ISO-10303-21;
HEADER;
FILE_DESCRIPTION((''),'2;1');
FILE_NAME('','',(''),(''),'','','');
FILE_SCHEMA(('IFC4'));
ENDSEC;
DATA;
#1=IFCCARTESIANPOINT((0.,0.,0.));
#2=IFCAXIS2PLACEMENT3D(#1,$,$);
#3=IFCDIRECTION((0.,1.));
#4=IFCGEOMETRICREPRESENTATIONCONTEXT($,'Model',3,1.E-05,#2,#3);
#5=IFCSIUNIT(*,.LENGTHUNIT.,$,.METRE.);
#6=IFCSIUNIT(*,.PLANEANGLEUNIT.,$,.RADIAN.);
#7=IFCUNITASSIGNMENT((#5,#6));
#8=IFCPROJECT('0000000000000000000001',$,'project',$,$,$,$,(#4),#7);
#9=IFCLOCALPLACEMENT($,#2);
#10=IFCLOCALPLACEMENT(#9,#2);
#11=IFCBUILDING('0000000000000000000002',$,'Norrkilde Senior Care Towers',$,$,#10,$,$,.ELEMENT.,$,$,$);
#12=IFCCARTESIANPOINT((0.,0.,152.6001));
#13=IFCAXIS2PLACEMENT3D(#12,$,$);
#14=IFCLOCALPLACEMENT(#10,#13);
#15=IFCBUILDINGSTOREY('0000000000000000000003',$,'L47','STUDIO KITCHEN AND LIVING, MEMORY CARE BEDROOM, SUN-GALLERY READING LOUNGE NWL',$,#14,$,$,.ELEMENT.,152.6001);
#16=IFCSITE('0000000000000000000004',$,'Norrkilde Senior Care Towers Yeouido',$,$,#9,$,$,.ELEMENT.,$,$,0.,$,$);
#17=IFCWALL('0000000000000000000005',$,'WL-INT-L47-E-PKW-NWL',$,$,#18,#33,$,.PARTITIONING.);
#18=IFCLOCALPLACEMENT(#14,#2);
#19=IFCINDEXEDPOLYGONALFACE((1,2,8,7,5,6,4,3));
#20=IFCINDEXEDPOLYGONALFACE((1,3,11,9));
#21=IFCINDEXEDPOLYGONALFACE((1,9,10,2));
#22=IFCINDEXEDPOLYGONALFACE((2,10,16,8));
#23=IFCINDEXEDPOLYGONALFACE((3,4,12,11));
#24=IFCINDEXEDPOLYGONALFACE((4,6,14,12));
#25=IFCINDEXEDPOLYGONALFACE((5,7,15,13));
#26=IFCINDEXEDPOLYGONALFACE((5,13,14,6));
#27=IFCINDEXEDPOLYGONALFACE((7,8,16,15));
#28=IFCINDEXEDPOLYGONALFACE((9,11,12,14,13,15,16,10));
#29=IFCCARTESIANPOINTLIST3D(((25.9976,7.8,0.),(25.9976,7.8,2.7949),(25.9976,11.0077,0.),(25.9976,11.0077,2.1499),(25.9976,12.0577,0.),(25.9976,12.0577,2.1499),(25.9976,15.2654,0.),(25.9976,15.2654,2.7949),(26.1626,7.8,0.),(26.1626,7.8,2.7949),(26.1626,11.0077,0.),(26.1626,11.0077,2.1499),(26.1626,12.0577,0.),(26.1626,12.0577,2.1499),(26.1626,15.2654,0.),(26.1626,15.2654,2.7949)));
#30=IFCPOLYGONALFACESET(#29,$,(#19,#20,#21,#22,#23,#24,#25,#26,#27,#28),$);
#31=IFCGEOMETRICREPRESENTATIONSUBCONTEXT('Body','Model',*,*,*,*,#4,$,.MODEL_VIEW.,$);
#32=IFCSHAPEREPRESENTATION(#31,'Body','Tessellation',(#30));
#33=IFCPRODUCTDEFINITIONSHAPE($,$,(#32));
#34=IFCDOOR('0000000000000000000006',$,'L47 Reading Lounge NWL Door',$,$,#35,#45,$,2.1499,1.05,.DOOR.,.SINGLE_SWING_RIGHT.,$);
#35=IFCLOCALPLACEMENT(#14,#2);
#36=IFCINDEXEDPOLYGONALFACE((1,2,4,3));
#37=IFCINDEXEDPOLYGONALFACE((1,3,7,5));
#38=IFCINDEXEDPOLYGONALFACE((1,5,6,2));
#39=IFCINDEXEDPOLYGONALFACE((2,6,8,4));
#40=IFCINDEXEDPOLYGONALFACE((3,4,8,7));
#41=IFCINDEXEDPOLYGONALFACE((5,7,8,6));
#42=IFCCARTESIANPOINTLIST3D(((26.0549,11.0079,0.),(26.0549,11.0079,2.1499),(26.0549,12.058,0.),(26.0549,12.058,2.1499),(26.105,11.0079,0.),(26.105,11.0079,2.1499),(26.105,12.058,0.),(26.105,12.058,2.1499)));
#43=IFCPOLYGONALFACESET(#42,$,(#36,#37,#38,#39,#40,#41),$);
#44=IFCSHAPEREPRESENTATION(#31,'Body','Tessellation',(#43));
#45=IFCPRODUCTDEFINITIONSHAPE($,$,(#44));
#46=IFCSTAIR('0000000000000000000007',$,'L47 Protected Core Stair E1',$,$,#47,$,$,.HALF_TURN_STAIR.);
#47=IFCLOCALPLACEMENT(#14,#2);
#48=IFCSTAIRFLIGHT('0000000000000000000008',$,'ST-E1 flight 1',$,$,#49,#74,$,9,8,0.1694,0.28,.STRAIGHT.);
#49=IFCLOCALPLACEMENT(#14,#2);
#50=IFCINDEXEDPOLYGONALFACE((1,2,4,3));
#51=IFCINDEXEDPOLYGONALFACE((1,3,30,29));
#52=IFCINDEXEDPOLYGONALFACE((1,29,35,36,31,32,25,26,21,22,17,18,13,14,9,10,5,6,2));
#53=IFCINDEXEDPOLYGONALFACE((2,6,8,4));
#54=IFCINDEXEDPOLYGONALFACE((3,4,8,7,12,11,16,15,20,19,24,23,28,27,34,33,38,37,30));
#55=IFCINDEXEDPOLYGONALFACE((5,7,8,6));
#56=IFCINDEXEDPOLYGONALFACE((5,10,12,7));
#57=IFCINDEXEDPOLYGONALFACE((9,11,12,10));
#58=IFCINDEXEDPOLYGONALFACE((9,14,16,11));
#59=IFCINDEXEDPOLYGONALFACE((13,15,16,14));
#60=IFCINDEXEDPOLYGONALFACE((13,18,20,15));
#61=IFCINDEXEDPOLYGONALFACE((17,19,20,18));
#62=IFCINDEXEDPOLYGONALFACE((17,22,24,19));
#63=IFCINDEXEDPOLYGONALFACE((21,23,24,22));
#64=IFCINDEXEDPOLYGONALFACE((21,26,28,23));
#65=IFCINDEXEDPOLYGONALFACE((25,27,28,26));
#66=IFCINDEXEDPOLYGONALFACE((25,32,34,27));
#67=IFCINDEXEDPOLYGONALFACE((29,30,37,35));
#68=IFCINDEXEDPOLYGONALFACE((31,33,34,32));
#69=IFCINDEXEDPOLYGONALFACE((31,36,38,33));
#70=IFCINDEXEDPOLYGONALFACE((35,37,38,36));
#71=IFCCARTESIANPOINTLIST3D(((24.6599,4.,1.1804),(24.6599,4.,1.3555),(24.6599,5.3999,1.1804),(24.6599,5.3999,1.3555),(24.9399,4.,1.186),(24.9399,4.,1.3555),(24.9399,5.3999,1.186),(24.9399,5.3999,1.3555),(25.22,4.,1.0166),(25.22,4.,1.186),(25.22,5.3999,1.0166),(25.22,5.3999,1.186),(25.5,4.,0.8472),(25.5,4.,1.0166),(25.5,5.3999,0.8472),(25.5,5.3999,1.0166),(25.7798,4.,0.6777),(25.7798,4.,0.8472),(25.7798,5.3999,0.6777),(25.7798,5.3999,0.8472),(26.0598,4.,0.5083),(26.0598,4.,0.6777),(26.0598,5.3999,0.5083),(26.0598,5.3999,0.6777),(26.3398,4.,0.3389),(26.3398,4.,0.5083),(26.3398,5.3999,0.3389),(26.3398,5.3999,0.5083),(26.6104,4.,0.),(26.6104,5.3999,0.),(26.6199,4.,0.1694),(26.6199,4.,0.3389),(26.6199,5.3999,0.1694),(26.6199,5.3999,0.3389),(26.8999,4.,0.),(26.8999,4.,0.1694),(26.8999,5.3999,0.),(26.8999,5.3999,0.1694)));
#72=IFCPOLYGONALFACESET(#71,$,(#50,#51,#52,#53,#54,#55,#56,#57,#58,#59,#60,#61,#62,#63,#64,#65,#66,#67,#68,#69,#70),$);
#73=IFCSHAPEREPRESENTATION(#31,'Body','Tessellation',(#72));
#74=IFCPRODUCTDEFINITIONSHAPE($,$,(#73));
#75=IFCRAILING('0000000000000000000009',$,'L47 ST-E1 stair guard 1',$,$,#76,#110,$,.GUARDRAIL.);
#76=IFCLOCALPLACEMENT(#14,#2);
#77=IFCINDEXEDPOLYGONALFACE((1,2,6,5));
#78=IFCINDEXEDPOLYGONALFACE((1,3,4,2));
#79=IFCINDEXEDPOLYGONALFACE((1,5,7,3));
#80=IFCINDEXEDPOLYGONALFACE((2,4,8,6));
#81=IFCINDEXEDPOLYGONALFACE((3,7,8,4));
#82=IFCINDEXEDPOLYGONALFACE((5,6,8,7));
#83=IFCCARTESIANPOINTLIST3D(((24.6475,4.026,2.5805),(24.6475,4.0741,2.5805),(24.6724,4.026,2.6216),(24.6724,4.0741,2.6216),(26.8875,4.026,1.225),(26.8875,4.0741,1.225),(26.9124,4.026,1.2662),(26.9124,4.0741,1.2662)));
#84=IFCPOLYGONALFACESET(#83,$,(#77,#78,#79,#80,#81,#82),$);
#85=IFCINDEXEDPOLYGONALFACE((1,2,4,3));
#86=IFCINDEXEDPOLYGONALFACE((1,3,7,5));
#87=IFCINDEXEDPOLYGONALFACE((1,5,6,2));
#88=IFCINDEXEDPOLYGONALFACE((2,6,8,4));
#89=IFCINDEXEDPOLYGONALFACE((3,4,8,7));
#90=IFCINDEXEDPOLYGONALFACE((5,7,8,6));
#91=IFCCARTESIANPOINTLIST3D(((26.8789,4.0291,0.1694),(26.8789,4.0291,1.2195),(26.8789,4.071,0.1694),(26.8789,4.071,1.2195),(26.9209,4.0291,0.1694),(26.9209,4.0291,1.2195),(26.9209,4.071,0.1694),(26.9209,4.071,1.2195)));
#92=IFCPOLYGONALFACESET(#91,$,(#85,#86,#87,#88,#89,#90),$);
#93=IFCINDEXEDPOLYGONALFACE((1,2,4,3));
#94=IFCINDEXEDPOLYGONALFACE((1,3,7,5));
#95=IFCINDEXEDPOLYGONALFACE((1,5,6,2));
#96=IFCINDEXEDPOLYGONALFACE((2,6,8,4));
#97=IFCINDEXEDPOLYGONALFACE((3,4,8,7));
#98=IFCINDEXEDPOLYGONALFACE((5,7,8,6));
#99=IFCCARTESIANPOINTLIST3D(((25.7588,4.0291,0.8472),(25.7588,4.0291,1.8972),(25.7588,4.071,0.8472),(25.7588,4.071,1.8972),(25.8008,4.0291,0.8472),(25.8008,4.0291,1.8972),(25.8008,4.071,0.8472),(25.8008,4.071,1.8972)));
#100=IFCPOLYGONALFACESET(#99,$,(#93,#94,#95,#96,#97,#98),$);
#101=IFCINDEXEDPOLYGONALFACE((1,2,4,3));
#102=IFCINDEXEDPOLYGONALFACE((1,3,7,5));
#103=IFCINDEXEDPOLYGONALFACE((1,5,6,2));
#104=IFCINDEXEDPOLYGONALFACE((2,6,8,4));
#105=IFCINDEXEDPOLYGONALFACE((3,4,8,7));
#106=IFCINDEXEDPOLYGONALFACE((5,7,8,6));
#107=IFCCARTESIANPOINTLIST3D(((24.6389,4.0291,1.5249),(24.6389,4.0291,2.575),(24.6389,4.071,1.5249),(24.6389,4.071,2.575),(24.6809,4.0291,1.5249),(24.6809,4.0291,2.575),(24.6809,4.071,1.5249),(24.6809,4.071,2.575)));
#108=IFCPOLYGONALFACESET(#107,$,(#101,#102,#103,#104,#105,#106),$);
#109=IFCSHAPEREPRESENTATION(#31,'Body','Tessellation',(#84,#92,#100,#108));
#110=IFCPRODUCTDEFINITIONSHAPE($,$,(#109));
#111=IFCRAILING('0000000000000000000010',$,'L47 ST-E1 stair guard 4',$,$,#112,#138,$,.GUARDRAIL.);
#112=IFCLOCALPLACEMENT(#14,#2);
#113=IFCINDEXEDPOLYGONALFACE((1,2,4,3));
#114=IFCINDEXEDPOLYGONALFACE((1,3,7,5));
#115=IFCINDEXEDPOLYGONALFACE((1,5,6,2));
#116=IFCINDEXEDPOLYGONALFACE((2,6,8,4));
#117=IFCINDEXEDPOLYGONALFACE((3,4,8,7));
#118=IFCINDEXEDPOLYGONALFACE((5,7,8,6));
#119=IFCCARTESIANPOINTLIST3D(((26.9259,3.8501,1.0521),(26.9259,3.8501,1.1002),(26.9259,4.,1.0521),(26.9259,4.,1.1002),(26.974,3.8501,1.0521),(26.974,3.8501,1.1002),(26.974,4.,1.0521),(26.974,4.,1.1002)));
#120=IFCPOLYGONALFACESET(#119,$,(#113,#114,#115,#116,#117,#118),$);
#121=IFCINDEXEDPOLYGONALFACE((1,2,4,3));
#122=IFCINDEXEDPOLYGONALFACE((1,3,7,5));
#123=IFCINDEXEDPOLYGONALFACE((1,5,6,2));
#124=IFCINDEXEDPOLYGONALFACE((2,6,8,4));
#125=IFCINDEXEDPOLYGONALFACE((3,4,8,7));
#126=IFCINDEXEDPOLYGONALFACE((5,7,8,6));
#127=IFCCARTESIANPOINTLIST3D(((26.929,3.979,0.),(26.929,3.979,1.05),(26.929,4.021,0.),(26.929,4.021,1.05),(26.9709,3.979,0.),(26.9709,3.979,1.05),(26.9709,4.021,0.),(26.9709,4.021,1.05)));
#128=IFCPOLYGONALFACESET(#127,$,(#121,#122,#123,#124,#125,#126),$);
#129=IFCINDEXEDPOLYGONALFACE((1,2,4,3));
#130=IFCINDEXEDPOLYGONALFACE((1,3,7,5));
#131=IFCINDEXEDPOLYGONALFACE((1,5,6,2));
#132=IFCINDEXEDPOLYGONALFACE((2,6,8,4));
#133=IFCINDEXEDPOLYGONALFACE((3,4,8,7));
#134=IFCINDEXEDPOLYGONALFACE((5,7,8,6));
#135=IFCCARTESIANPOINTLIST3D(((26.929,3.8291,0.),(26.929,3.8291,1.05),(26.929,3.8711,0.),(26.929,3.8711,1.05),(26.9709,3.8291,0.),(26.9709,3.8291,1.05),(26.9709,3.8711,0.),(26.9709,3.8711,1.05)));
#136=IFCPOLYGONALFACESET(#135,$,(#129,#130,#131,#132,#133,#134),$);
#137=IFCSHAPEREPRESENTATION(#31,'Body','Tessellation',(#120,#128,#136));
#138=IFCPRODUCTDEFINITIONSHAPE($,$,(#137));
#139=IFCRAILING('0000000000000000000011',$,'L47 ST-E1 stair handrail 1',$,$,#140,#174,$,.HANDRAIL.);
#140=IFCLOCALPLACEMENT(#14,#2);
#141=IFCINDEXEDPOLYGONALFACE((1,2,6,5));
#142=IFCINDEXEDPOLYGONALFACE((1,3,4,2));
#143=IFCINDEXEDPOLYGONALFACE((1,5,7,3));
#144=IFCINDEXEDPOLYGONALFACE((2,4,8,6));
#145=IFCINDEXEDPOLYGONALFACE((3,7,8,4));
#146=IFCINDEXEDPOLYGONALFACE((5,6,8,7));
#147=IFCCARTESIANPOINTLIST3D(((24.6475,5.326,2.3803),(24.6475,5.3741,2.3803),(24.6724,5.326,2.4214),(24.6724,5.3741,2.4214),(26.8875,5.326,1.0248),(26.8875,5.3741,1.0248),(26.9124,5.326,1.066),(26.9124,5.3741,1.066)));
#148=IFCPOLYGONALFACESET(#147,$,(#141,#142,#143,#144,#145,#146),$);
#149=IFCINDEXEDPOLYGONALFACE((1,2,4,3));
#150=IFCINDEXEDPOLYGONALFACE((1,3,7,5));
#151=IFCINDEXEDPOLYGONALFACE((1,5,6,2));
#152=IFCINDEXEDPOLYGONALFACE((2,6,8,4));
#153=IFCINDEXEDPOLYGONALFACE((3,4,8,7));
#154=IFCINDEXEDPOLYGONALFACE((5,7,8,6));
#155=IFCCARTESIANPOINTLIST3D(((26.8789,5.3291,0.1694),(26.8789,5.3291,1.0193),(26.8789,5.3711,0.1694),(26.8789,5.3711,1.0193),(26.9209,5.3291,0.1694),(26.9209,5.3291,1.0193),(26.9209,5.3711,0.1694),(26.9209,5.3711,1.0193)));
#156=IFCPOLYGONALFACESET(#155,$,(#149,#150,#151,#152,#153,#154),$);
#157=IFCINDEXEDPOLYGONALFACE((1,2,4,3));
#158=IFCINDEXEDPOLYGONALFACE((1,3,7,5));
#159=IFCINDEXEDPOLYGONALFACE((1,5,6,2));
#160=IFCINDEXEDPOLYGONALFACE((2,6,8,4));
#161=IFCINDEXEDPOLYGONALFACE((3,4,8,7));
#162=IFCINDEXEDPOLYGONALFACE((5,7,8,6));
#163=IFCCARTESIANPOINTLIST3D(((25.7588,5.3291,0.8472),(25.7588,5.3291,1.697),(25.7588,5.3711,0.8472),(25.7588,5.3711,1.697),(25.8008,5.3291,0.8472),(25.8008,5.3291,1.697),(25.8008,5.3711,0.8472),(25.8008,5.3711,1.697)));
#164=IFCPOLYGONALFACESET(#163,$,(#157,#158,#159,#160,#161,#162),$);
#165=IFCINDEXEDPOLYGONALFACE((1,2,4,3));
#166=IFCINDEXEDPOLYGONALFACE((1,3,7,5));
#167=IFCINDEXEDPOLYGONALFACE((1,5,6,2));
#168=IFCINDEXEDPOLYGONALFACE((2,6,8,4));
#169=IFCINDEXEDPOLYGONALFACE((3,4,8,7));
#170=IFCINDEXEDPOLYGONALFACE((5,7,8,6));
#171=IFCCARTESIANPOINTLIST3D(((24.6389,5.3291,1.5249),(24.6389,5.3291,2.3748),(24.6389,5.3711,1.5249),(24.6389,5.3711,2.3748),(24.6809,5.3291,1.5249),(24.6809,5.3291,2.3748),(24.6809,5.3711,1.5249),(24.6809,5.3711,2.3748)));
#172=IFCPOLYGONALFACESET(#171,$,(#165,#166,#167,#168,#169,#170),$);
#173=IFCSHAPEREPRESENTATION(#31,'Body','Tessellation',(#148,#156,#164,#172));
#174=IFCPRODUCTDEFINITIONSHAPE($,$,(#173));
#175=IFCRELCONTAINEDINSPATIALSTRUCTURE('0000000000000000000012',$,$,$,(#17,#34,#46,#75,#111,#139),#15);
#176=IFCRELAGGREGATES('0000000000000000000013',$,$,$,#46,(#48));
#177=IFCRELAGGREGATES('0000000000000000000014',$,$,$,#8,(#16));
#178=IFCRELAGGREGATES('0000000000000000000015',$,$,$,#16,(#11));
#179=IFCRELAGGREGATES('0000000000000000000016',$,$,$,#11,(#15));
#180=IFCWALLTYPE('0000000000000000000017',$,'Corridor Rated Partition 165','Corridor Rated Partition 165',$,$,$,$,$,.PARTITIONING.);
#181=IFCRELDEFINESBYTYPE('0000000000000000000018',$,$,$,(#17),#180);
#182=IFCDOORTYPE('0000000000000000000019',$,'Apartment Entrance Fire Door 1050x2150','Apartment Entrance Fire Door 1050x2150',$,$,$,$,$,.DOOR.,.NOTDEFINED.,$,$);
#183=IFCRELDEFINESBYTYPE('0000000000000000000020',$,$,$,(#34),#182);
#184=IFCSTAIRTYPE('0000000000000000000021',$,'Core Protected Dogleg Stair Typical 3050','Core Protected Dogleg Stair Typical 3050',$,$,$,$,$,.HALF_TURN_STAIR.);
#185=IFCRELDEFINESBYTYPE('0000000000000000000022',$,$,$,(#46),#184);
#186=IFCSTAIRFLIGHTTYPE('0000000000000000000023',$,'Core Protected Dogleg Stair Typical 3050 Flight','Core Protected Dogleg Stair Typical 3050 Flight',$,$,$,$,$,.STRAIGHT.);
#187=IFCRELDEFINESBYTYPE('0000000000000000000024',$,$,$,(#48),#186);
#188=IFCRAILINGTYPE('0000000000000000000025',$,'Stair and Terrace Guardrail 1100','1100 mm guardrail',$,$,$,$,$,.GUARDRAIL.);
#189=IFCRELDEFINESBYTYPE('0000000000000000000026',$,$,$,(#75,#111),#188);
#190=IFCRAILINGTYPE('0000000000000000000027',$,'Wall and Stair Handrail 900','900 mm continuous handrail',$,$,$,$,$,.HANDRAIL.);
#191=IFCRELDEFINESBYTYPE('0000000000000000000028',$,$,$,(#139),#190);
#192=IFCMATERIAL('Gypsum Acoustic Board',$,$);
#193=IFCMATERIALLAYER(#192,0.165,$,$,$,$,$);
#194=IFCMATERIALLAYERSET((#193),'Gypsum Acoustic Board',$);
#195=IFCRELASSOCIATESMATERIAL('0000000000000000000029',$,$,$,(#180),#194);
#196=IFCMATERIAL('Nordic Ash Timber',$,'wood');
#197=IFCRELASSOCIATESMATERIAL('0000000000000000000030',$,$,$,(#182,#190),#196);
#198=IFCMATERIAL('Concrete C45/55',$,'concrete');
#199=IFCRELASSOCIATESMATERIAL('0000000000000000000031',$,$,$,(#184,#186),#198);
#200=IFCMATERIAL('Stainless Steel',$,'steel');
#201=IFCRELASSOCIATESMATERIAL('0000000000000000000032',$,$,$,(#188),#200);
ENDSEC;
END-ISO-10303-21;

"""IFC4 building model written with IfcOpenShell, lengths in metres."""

from ifc_helpers import new_model, si_unit, direction, frame, frame_2d, origin, origin_2d, place, context, subcontext, project, spatial, polyline, rectangle, outline, extrude, source, transform, mapped, material, layer, layer_set, type_object, type_shapes, element, fill, aggregate, save


model = new_model("IFC4")

# Units and contexts
model_context = context("Model", 3, precision=1e-05, world=origin(), true_north=direction((0.0, 1.0)))
body_context = subcontext(model_context, "Body", "Model", "MODEL_VIEW")
ifc_project = project(units=[si_unit("LENGTHUNIT", "METRE"), si_unit("PLANEANGLEUNIT", "RADIAN")], contexts=[model_context])

# Site, building, storey
site_placement = place(None, origin())
site = spatial("IfcSite", under=ifc_project, at=site_placement, Name="Norrkilde Senior Care Towers Yeouido", CompositionType="ELEMENT", RefElevation=0.0)
building_placement = place(site_placement, origin())
building = spatial("IfcBuilding", under=site, at=building_placement, Name="Norrkilde Senior Care Towers", CompositionType="ELEMENT")
storey_placement = place(building_placement, frame((0.0, 0.0, 152.6001)))
storey = spatial("IfcBuildingStorey", under=building, at=storey_placement, Name="L47", Description="STUDIO KITCHEN AND LIVING, MEMORY CARE BEDROOM, SUN-GALLERY READING LOUNGE NWL", CompositionType="ELEMENT", Elevation=152.6001)

# Shared definitions
ifc_material_1 = material(Name="Concrete C45/55", Category="concrete")
ifc_material_2 = material(Name="Gypsum Acoustic Board")
ifc_layer_1 = layer(ifc_material_2, 0.165)
ifc_layer_set_1 = layer_set([ifc_layer_1], Name="Gypsum Acoustic Board")
wall_type_1 = type_object("IfcWallType", Name="Corridor Rated Partition 165", Description="Corridor Rated Partition 165", PredefinedType="PARTITIONING", material=ifc_layer_set_1)

# Shared definitions
ifc_material_3 = material(Name="Nordic Ash Timber", Category="wood")
door_type_1 = type_object("IfcDoorType", Name="Apartment Entrance Fire Door 1050x2150", Description="Apartment Entrance Fire Door 1050x2150", OperationType="NOTDEFINED", PredefinedType="DOOR", material=ifc_material_3)
shared_shape_1 = source(origin(), body_context, "Body", "SweptSolid", [
    extrude(rectangle(XDim=1.05, YDim=2.1499, at=frame_2d((0.5249, 1.075))), frame((0.0, 0.0249, 0.0), z_axis=(0.0, -1.0, 0.0), x_axis=(1.0, 0.0, 0.0)), (0.0, 0.0, 1.0), 0.05),
])
type_shapes(door_type_1, [shared_shape_1])

# Wall, opening, door
shared_shape_2 = source(origin(), body_context, "Body", "SweptSolid", [
    extrude(rectangle(XDim=7.4653, YDim=0.165, at=frame_2d((3.7327, 0.0))), origin(), (0.0, 0.0, 1.0), 2.7949),
])
wall_1_placement = place(storey_placement, frame((26.0801, 7.8, 0.0), z_axis=(0.0, 0.0, 1.0), x_axis=(0.0, 1.0, 0.0)))
wall_1 = element("IfcWall", 1, at=wall_1_placement, inside=storey, type_object=wall_type_1, Name="WL-INT-L47-E-PKW-NWL", PredefinedType="PARTITIONING", context=body_context, shape_type="MappedRepresentation", body=[
    mapped(shared_shape_2, transform((0.0, 0.0, 0.0), x_axis=(1.0, 0.0, 0.0), y_axis=(0.0, 1.0, 0.0), z_axis=(0.0, 0.0, 1.0), scale=1.0)),
])
opening_1_placement = place(wall_1_placement, frame((3.2078, 0.0, 0.0)))
opening_1 = element("IfcOpeningElement", 2, at=opening_1_placement, cuts=wall_1, PredefinedType="OPENING", context=body_context, shape_type="SweptSolid", body=[
    extrude(rectangle(XDim=1.05, YDim=2.1499, at=frame_2d((0.5249, 1.075))), frame((0.0, 0.0925, 0.0), z_axis=(0.0, -1.0, 0.0), x_axis=(1.0, 0.0, 0.0)), (0.0, 0.0, 1.0), 0.1851),
])
door_1_placement = place(opening_1_placement, frame((1.05, 0.0, 0.0), z_axis=(0.0, 0.0, 1.0), x_axis=(-1.0, 0.0, 0.0)))
door_1 = element("IfcDoor", 3, at=door_1_placement, inside=storey, type_object=door_type_1, Name="L47 Reading Lounge NWL Door", OperationType="SINGLE_SWING_RIGHT", OverallHeight=2.1499, OverallWidth=1.05, PredefinedType="DOOR", context=body_context, shape_type="MappedRepresentation", body=[
    mapped(shared_shape_1, transform((0.0, 0.0, 0.0), x_axis=(1.0, 0.0, 0.0), y_axis=(0.0, 1.0, 0.0), z_axis=(0.0, 0.0, 1.0), scale=1.0)),
])
fill(opening_1, door_1)

# Stair, stair flight
stair_type = type_object("IfcStairType", Name="Core Protected Dogleg Stair Typical 3050", Description="Core Protected Dogleg Stair Typical 3050", PredefinedType="HALF_TURN_STAIR", material=ifc_material_1)
stair_placement = place(storey_placement, origin())
stair = element("IfcStair", 4, at=stair_placement, inside=storey, type_object=stair_type, Name="L47 Protected Core Stair E1", PredefinedType="HALF_TURN_STAIR")
stair_flight_type = type_object("IfcStairFlightType", Name="Core Protected Dogleg Stair Typical 3050 Flight", Description="Core Protected Dogleg Stair Typical 3050 Flight", PredefinedType="STRAIGHT", material=ifc_material_1)
stair_flight_placement = place(storey_placement, frame((26.8999, 4.7, 0.0), z_axis=(0.0, 0.0, 1.0), x_axis=(-1.0, 0.0, 0.0)))
stair_flight = element("IfcStairFlight", 5, at=stair_flight_placement, type_object=stair_flight_type, Name="ST-E1 flight 1", NumberOfRisers=9, NumberOfTreads=8, PredefinedType="STRAIGHT", RiserHeight=0.1694, TreadLength=0.28, context=body_context, shape_type="SweptSolid", body=[
    extrude(outline(polyline([(0.0, 0.0), (0.0, 0.1694), (0.28, 0.1694), (0.28, 0.3389), (0.5601, 0.3389), (0.5601, 0.5083), (0.8401, 0.5083), (0.8401, 0.6777), (1.1201, 0.6777), (1.1201, 0.8472), (1.3999, 0.8472), (1.3999, 1.0166), (1.6799, 1.0166), (1.6799, 1.186), (1.96, 1.186), (1.96, 1.3555), (2.24, 1.3555), (2.24, 1.5249), (2.24, 1.1804), (0.2896, 0.0), (0.0, 0.0)])), frame((0.0, 0.7, 0.0), z_axis=(0.0, -1.0, 0.0), x_axis=(1.0, 0.0, 0.0)), (0.0, 0.0, 1.0), 1.3999),
])
aggregate(stair, [stair_flight])

# Railings
ifc_material_4 = material(Name="Stainless Steel", Category="steel")
railing_type_1 = type_object("IfcRailingType", Name="Stair and Terrace Guardrail 1100", Description="1100 mm guardrail", PredefinedType="GUARDRAIL", material=ifc_material_4)
railing_1_placement = place(storey_placement, frame((26.8999, 4.05, 0.1694)))
element("IfcRailing", 6, at=railing_1_placement, inside=storey, type_object=railing_type_1, Name="L47 ST-E1 stair guard 1", PredefinedType="GUARDRAIL", context=body_context, shape_type="SweptSolid", body=[
    extrude(rectangle(XDim=0.0481, YDim=0.0481, at=origin_2d()), frame((0.0, 0.0, 1.0762), z_axis=(-0.855553, 0.0, 0.517715), x_axis=(0.0, -1.0, 0.0)), (0.0, 0.0, 1.0), 2.6182),
    extrude(rectangle(XDim=0.042, YDim=0.042, at=origin_2d()), origin(), (0.0, 0.0, 1.0), 1.05),
    extrude(rectangle(XDim=0.042, YDim=0.042, at=origin_2d()), frame((-1.1201, 0.0, 0.6777)), (0.0, 0.0, 1.0), 1.05),
    extrude(rectangle(XDim=0.042, YDim=0.042, at=origin_2d()), frame((-2.24, 0.0, 1.3555)), (0.0, 0.0, 1.0), 1.05),
])
railing_2_placement = place(storey_placement, frame((26.95, 4.0, 0.0)))
element("IfcRailing", 7, at=railing_2_placement, inside=storey, type_object=railing_type_1, Name="L47 ST-E1 stair guard 4", PredefinedType="GUARDRAIL", context=body_context, shape_type="SweptSolid", body=[
    extrude(rectangle(XDim=0.0481, YDim=0.0481, at=origin_2d()), frame((0.0, 0.0, 1.0762), z_axis=(0.0, -1.0, 0.0), x_axis=(1.0, 0.0, 0.0)), (0.0, 0.0, 1.0), 0.1499),
    extrude(rectangle(XDim=0.042, YDim=0.042, at=origin_2d()), origin(), (0.0, 0.0, 1.0), 1.05),
    extrude(rectangle(XDim=0.042, YDim=0.042, at=origin_2d()), frame((0.0, -0.1499, 0.0)), (0.0, 0.0, 1.0), 1.05),
])
railing_type_2 = type_object("IfcRailingType", Name="Wall and Stair Handrail 900", Description="900 mm continuous handrail", PredefinedType="HANDRAIL", material=ifc_material_3)
railing_3_placement = place(storey_placement, frame((26.8999, 5.3501, 0.1694)))
element("IfcRailing", 8, at=railing_3_placement, inside=storey, type_object=railing_type_2, Name="L47 ST-E1 stair handrail 1", PredefinedType="HANDRAIL", context=body_context, shape_type="SweptSolid", body=[
    extrude(rectangle(XDim=0.0481, YDim=0.0481, at=origin_2d()), frame((0.0, 0.0, 0.876), z_axis=(-0.855553, 0.0, 0.517715), x_axis=(0.0, -1.0, 0.0)), (0.0, 0.0, 1.0), 2.6182),
    extrude(rectangle(XDim=0.042, YDim=0.042, at=origin_2d()), origin(), (0.0, 0.0, 1.0), 0.8499),
    extrude(rectangle(XDim=0.042, YDim=0.042, at=origin_2d()), frame((-1.1201, 0.0, 0.6777)), (0.0, 0.0, 1.0), 0.8499),
    extrude(rectangle(XDim=0.042, YDim=0.042, at=origin_2d()), frame((-2.24, 0.0, 1.3555)), (0.0, 0.0, 1.0), 0.8499),
])

save(model, "model.ifc")
